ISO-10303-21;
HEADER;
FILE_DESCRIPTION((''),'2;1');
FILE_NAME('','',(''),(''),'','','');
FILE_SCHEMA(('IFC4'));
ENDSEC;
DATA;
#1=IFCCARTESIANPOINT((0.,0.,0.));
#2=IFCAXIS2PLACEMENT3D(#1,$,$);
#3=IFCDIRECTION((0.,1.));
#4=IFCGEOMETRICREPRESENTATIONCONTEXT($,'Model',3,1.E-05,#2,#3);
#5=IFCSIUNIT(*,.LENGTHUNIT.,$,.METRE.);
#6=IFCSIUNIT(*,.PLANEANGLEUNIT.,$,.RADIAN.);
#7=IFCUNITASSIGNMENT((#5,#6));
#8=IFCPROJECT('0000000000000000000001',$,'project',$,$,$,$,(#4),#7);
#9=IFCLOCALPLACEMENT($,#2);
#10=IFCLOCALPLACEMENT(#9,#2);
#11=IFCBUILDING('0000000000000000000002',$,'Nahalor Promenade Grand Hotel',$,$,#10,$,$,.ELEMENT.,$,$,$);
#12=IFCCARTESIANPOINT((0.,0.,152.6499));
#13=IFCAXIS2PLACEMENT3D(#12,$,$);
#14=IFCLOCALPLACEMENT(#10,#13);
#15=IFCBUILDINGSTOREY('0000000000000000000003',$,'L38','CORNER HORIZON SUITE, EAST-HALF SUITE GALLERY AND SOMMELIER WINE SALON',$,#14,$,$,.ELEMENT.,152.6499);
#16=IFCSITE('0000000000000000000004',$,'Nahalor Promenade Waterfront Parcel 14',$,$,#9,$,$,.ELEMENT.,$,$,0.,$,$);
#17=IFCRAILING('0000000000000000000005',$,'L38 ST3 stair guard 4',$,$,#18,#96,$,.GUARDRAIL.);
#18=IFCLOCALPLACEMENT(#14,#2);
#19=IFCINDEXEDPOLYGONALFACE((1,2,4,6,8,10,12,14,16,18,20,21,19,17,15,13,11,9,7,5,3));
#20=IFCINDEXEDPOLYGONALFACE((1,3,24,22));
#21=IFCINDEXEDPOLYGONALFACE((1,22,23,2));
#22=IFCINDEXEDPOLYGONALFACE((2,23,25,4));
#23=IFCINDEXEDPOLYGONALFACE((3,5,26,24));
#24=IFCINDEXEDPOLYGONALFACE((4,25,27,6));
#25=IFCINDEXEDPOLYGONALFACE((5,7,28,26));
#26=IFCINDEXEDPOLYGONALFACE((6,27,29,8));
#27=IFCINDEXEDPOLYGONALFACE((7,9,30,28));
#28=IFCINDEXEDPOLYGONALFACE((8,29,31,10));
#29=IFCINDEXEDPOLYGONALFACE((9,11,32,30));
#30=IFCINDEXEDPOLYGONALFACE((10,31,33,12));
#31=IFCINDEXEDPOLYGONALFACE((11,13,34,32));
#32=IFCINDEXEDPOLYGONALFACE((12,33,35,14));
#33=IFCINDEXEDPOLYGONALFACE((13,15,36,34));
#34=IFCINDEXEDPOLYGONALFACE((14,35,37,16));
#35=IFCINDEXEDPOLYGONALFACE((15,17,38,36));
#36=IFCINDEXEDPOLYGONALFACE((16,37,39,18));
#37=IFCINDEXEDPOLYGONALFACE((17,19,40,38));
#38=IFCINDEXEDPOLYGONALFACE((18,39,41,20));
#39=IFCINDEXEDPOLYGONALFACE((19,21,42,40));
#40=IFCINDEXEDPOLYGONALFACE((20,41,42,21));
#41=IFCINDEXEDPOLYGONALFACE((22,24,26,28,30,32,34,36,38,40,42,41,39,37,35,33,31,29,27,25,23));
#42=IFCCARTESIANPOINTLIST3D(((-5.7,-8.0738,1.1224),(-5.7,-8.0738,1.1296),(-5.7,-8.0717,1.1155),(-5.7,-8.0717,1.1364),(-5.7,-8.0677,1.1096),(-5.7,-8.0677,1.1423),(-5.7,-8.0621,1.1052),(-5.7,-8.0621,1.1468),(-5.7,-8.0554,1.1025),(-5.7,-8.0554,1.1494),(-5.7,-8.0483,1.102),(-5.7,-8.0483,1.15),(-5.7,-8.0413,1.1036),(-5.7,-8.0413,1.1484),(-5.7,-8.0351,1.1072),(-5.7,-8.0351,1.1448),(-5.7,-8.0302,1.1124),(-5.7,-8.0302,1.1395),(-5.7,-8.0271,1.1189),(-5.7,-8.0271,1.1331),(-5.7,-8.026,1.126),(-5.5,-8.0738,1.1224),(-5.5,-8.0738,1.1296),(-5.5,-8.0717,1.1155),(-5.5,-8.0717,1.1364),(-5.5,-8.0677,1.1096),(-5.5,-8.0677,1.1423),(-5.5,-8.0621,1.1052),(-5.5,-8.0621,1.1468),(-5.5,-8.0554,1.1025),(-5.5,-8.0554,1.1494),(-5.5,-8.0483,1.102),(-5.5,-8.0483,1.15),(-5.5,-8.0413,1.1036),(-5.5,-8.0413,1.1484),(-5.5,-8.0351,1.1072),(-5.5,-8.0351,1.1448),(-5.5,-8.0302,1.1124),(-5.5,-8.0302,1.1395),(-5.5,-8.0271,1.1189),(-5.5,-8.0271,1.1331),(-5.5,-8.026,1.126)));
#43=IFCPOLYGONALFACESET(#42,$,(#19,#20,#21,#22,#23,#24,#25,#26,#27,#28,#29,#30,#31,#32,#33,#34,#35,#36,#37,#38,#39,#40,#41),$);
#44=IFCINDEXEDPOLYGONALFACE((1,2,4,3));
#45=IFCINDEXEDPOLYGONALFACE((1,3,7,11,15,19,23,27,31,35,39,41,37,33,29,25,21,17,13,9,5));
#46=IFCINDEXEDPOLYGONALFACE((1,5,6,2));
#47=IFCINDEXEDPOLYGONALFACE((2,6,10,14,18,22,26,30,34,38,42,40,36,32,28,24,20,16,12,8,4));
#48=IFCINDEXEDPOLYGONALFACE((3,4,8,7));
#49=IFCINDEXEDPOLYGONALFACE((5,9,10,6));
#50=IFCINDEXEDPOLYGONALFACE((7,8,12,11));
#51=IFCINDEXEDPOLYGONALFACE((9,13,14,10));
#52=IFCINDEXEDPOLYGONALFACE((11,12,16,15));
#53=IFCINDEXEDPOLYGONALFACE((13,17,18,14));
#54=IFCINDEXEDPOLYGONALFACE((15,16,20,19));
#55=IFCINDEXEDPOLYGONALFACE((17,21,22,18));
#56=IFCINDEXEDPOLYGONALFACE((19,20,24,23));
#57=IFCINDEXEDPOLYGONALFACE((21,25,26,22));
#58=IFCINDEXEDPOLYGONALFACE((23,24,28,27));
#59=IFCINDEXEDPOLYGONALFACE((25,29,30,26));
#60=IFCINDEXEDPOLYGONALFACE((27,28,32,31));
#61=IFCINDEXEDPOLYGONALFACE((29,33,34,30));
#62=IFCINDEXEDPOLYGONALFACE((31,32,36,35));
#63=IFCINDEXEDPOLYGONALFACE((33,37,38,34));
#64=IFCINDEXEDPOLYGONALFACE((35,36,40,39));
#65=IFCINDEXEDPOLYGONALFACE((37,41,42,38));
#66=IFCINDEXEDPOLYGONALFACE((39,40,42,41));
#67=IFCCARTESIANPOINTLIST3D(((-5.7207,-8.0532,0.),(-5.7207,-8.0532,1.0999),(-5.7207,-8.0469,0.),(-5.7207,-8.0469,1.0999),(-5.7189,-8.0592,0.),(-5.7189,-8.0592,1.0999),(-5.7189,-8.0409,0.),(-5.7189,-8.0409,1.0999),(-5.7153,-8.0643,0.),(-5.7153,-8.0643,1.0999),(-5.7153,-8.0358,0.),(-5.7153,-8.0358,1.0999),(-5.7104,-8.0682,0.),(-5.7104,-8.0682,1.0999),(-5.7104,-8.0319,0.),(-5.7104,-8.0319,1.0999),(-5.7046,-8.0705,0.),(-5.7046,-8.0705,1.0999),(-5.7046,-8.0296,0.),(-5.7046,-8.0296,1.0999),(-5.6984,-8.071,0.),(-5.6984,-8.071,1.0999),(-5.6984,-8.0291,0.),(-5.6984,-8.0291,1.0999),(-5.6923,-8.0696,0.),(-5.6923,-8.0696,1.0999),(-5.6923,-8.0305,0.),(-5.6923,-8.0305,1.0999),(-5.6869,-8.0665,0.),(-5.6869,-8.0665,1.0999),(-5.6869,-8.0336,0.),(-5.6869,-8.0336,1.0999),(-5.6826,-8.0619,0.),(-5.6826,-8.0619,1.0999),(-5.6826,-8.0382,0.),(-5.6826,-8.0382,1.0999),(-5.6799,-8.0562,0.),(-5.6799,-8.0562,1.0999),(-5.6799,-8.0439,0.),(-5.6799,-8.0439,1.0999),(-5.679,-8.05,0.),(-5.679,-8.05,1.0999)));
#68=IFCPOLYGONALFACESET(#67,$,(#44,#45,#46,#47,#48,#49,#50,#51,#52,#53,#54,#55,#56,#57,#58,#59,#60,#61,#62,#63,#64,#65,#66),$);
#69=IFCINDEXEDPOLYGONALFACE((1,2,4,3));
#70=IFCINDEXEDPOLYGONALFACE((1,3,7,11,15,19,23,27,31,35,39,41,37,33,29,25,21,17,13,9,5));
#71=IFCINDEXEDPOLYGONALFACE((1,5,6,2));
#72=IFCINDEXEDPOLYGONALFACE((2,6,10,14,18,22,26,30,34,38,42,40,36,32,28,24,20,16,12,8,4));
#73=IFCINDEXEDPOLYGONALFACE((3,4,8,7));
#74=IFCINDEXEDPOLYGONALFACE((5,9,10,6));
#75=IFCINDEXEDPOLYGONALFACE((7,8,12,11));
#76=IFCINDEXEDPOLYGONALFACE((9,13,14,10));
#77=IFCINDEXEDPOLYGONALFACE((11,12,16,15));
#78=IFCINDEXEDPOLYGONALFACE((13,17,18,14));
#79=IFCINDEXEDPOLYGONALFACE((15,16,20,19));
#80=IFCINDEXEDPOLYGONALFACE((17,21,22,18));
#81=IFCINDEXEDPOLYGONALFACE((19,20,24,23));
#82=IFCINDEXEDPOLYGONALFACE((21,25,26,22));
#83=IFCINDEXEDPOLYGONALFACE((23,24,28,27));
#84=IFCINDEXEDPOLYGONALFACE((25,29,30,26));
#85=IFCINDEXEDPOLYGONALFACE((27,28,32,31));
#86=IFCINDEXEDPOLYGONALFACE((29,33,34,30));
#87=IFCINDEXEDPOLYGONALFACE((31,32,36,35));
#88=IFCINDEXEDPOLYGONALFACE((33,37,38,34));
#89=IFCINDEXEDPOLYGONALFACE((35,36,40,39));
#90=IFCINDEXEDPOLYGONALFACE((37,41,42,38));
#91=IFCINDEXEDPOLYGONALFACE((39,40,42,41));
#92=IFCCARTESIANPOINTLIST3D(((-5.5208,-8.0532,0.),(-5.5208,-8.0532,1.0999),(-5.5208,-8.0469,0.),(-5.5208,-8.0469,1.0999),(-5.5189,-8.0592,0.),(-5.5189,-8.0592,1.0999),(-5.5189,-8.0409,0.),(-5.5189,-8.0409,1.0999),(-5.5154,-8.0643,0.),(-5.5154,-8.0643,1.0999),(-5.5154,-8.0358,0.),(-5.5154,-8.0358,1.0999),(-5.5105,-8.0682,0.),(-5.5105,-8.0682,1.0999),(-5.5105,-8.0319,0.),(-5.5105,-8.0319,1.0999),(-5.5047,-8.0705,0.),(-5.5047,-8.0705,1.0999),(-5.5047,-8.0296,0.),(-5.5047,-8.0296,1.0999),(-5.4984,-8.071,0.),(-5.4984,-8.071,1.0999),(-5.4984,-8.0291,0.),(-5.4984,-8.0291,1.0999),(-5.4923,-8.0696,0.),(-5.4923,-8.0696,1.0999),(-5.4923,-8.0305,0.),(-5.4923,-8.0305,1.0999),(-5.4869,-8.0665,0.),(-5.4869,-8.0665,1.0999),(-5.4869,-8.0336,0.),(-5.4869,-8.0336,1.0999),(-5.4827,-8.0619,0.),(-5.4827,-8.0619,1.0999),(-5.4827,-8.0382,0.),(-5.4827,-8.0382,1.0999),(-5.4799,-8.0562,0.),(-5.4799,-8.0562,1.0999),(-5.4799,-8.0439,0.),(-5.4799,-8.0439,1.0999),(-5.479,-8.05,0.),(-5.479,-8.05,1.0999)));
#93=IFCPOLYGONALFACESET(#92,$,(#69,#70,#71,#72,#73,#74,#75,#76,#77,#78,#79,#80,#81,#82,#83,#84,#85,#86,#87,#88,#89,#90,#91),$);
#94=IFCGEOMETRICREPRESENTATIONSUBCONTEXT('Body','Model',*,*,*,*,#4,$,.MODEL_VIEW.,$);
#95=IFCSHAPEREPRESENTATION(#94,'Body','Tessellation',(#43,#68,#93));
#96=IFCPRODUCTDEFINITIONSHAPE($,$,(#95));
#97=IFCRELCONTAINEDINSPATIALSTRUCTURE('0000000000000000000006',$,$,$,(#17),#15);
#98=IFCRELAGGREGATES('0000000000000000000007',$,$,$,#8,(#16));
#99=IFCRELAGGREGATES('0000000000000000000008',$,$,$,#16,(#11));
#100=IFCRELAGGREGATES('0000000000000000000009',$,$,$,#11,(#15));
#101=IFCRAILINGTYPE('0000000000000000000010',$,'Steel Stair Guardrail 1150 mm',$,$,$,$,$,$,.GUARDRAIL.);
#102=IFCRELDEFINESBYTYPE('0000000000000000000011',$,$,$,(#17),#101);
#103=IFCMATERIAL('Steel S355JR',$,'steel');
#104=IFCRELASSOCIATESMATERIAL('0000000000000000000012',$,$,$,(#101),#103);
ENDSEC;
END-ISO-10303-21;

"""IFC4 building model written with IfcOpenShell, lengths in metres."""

from ifc_helpers import new_model, si_unit, direction, frame, origin, origin_2d, place, context, subcontext, project, spatial, circle, extrude, material, type_object, element, save


model = new_model("IFC4")

# Units and contexts
model_context = context("Model", 3, precision=1e-05, world=origin(), true_north=direction((0.0, 1.0)))
body_context = subcontext(model_context, "Body", "Model", "MODEL_VIEW")
ifc_project = project(units=[si_unit("LENGTHUNIT", "METRE"), si_unit("PLANEANGLEUNIT", "RADIAN")], contexts=[model_context])

# Site, building, storey
site_placement = place(None, origin())
site = spatial("IfcSite", under=ifc_project, at=site_placement, Name="Nahalor Promenade Waterfront Parcel 14", CompositionType="ELEMENT", RefElevation=0.0)
building_placement = place(site_placement, origin())
building = spatial("IfcBuilding", under=site, at=building_placement, Name="Nahalor Promenade Grand Hotel", CompositionType="ELEMENT")
storey_placement = place(building_placement, frame((0.0, 0.0, 152.6499)))
storey = spatial("IfcBuildingStorey", under=building, at=storey_placement, Name="L38", Description="CORNER HORIZON SUITE, EAST-HALF SUITE GALLERY AND SOMMELIER WINE SALON", CompositionType="ELEMENT", Elevation=152.6499)

# Shared definitions
ifc_material_1 = material(Name="Steel S355JR", Category="steel")

# Railing
railing_type_1 = type_object("IfcRailingType", Name="Steel Stair Guardrail 1150 mm", PredefinedType="GUARDRAIL", material=ifc_material_1)
railing_1_placement = place(storey_placement, frame((-5.7, -8.05, 0.0)))
element("IfcRailing", 1, at=railing_1_placement, inside=storey, type_object=railing_type_1, Name="L38 ST3 stair guard 4", PredefinedType="GUARDRAIL", context=body_context, shape_type="SweptSolid", body=[
    extrude(circle(Radius=0.024, at=origin_2d()), frame((0.0, 0.0, 1.126), z_axis=(1.0, 0.0, 0.0), x_axis=(0.0, 1.0, 0.0)), (0.0, 0.0, 1.0), 0.2),
    extrude(circle(Radius=0.021, at=origin_2d()), origin(), (0.0, 0.0, 1.0), 1.0999),
    extrude(circle(Radius=0.021, at=origin_2d()), frame((0.2, 0.0, 0.0)), (0.0, 0.0, 1.0), 1.0999),
])

save(model, "model.ifc")
